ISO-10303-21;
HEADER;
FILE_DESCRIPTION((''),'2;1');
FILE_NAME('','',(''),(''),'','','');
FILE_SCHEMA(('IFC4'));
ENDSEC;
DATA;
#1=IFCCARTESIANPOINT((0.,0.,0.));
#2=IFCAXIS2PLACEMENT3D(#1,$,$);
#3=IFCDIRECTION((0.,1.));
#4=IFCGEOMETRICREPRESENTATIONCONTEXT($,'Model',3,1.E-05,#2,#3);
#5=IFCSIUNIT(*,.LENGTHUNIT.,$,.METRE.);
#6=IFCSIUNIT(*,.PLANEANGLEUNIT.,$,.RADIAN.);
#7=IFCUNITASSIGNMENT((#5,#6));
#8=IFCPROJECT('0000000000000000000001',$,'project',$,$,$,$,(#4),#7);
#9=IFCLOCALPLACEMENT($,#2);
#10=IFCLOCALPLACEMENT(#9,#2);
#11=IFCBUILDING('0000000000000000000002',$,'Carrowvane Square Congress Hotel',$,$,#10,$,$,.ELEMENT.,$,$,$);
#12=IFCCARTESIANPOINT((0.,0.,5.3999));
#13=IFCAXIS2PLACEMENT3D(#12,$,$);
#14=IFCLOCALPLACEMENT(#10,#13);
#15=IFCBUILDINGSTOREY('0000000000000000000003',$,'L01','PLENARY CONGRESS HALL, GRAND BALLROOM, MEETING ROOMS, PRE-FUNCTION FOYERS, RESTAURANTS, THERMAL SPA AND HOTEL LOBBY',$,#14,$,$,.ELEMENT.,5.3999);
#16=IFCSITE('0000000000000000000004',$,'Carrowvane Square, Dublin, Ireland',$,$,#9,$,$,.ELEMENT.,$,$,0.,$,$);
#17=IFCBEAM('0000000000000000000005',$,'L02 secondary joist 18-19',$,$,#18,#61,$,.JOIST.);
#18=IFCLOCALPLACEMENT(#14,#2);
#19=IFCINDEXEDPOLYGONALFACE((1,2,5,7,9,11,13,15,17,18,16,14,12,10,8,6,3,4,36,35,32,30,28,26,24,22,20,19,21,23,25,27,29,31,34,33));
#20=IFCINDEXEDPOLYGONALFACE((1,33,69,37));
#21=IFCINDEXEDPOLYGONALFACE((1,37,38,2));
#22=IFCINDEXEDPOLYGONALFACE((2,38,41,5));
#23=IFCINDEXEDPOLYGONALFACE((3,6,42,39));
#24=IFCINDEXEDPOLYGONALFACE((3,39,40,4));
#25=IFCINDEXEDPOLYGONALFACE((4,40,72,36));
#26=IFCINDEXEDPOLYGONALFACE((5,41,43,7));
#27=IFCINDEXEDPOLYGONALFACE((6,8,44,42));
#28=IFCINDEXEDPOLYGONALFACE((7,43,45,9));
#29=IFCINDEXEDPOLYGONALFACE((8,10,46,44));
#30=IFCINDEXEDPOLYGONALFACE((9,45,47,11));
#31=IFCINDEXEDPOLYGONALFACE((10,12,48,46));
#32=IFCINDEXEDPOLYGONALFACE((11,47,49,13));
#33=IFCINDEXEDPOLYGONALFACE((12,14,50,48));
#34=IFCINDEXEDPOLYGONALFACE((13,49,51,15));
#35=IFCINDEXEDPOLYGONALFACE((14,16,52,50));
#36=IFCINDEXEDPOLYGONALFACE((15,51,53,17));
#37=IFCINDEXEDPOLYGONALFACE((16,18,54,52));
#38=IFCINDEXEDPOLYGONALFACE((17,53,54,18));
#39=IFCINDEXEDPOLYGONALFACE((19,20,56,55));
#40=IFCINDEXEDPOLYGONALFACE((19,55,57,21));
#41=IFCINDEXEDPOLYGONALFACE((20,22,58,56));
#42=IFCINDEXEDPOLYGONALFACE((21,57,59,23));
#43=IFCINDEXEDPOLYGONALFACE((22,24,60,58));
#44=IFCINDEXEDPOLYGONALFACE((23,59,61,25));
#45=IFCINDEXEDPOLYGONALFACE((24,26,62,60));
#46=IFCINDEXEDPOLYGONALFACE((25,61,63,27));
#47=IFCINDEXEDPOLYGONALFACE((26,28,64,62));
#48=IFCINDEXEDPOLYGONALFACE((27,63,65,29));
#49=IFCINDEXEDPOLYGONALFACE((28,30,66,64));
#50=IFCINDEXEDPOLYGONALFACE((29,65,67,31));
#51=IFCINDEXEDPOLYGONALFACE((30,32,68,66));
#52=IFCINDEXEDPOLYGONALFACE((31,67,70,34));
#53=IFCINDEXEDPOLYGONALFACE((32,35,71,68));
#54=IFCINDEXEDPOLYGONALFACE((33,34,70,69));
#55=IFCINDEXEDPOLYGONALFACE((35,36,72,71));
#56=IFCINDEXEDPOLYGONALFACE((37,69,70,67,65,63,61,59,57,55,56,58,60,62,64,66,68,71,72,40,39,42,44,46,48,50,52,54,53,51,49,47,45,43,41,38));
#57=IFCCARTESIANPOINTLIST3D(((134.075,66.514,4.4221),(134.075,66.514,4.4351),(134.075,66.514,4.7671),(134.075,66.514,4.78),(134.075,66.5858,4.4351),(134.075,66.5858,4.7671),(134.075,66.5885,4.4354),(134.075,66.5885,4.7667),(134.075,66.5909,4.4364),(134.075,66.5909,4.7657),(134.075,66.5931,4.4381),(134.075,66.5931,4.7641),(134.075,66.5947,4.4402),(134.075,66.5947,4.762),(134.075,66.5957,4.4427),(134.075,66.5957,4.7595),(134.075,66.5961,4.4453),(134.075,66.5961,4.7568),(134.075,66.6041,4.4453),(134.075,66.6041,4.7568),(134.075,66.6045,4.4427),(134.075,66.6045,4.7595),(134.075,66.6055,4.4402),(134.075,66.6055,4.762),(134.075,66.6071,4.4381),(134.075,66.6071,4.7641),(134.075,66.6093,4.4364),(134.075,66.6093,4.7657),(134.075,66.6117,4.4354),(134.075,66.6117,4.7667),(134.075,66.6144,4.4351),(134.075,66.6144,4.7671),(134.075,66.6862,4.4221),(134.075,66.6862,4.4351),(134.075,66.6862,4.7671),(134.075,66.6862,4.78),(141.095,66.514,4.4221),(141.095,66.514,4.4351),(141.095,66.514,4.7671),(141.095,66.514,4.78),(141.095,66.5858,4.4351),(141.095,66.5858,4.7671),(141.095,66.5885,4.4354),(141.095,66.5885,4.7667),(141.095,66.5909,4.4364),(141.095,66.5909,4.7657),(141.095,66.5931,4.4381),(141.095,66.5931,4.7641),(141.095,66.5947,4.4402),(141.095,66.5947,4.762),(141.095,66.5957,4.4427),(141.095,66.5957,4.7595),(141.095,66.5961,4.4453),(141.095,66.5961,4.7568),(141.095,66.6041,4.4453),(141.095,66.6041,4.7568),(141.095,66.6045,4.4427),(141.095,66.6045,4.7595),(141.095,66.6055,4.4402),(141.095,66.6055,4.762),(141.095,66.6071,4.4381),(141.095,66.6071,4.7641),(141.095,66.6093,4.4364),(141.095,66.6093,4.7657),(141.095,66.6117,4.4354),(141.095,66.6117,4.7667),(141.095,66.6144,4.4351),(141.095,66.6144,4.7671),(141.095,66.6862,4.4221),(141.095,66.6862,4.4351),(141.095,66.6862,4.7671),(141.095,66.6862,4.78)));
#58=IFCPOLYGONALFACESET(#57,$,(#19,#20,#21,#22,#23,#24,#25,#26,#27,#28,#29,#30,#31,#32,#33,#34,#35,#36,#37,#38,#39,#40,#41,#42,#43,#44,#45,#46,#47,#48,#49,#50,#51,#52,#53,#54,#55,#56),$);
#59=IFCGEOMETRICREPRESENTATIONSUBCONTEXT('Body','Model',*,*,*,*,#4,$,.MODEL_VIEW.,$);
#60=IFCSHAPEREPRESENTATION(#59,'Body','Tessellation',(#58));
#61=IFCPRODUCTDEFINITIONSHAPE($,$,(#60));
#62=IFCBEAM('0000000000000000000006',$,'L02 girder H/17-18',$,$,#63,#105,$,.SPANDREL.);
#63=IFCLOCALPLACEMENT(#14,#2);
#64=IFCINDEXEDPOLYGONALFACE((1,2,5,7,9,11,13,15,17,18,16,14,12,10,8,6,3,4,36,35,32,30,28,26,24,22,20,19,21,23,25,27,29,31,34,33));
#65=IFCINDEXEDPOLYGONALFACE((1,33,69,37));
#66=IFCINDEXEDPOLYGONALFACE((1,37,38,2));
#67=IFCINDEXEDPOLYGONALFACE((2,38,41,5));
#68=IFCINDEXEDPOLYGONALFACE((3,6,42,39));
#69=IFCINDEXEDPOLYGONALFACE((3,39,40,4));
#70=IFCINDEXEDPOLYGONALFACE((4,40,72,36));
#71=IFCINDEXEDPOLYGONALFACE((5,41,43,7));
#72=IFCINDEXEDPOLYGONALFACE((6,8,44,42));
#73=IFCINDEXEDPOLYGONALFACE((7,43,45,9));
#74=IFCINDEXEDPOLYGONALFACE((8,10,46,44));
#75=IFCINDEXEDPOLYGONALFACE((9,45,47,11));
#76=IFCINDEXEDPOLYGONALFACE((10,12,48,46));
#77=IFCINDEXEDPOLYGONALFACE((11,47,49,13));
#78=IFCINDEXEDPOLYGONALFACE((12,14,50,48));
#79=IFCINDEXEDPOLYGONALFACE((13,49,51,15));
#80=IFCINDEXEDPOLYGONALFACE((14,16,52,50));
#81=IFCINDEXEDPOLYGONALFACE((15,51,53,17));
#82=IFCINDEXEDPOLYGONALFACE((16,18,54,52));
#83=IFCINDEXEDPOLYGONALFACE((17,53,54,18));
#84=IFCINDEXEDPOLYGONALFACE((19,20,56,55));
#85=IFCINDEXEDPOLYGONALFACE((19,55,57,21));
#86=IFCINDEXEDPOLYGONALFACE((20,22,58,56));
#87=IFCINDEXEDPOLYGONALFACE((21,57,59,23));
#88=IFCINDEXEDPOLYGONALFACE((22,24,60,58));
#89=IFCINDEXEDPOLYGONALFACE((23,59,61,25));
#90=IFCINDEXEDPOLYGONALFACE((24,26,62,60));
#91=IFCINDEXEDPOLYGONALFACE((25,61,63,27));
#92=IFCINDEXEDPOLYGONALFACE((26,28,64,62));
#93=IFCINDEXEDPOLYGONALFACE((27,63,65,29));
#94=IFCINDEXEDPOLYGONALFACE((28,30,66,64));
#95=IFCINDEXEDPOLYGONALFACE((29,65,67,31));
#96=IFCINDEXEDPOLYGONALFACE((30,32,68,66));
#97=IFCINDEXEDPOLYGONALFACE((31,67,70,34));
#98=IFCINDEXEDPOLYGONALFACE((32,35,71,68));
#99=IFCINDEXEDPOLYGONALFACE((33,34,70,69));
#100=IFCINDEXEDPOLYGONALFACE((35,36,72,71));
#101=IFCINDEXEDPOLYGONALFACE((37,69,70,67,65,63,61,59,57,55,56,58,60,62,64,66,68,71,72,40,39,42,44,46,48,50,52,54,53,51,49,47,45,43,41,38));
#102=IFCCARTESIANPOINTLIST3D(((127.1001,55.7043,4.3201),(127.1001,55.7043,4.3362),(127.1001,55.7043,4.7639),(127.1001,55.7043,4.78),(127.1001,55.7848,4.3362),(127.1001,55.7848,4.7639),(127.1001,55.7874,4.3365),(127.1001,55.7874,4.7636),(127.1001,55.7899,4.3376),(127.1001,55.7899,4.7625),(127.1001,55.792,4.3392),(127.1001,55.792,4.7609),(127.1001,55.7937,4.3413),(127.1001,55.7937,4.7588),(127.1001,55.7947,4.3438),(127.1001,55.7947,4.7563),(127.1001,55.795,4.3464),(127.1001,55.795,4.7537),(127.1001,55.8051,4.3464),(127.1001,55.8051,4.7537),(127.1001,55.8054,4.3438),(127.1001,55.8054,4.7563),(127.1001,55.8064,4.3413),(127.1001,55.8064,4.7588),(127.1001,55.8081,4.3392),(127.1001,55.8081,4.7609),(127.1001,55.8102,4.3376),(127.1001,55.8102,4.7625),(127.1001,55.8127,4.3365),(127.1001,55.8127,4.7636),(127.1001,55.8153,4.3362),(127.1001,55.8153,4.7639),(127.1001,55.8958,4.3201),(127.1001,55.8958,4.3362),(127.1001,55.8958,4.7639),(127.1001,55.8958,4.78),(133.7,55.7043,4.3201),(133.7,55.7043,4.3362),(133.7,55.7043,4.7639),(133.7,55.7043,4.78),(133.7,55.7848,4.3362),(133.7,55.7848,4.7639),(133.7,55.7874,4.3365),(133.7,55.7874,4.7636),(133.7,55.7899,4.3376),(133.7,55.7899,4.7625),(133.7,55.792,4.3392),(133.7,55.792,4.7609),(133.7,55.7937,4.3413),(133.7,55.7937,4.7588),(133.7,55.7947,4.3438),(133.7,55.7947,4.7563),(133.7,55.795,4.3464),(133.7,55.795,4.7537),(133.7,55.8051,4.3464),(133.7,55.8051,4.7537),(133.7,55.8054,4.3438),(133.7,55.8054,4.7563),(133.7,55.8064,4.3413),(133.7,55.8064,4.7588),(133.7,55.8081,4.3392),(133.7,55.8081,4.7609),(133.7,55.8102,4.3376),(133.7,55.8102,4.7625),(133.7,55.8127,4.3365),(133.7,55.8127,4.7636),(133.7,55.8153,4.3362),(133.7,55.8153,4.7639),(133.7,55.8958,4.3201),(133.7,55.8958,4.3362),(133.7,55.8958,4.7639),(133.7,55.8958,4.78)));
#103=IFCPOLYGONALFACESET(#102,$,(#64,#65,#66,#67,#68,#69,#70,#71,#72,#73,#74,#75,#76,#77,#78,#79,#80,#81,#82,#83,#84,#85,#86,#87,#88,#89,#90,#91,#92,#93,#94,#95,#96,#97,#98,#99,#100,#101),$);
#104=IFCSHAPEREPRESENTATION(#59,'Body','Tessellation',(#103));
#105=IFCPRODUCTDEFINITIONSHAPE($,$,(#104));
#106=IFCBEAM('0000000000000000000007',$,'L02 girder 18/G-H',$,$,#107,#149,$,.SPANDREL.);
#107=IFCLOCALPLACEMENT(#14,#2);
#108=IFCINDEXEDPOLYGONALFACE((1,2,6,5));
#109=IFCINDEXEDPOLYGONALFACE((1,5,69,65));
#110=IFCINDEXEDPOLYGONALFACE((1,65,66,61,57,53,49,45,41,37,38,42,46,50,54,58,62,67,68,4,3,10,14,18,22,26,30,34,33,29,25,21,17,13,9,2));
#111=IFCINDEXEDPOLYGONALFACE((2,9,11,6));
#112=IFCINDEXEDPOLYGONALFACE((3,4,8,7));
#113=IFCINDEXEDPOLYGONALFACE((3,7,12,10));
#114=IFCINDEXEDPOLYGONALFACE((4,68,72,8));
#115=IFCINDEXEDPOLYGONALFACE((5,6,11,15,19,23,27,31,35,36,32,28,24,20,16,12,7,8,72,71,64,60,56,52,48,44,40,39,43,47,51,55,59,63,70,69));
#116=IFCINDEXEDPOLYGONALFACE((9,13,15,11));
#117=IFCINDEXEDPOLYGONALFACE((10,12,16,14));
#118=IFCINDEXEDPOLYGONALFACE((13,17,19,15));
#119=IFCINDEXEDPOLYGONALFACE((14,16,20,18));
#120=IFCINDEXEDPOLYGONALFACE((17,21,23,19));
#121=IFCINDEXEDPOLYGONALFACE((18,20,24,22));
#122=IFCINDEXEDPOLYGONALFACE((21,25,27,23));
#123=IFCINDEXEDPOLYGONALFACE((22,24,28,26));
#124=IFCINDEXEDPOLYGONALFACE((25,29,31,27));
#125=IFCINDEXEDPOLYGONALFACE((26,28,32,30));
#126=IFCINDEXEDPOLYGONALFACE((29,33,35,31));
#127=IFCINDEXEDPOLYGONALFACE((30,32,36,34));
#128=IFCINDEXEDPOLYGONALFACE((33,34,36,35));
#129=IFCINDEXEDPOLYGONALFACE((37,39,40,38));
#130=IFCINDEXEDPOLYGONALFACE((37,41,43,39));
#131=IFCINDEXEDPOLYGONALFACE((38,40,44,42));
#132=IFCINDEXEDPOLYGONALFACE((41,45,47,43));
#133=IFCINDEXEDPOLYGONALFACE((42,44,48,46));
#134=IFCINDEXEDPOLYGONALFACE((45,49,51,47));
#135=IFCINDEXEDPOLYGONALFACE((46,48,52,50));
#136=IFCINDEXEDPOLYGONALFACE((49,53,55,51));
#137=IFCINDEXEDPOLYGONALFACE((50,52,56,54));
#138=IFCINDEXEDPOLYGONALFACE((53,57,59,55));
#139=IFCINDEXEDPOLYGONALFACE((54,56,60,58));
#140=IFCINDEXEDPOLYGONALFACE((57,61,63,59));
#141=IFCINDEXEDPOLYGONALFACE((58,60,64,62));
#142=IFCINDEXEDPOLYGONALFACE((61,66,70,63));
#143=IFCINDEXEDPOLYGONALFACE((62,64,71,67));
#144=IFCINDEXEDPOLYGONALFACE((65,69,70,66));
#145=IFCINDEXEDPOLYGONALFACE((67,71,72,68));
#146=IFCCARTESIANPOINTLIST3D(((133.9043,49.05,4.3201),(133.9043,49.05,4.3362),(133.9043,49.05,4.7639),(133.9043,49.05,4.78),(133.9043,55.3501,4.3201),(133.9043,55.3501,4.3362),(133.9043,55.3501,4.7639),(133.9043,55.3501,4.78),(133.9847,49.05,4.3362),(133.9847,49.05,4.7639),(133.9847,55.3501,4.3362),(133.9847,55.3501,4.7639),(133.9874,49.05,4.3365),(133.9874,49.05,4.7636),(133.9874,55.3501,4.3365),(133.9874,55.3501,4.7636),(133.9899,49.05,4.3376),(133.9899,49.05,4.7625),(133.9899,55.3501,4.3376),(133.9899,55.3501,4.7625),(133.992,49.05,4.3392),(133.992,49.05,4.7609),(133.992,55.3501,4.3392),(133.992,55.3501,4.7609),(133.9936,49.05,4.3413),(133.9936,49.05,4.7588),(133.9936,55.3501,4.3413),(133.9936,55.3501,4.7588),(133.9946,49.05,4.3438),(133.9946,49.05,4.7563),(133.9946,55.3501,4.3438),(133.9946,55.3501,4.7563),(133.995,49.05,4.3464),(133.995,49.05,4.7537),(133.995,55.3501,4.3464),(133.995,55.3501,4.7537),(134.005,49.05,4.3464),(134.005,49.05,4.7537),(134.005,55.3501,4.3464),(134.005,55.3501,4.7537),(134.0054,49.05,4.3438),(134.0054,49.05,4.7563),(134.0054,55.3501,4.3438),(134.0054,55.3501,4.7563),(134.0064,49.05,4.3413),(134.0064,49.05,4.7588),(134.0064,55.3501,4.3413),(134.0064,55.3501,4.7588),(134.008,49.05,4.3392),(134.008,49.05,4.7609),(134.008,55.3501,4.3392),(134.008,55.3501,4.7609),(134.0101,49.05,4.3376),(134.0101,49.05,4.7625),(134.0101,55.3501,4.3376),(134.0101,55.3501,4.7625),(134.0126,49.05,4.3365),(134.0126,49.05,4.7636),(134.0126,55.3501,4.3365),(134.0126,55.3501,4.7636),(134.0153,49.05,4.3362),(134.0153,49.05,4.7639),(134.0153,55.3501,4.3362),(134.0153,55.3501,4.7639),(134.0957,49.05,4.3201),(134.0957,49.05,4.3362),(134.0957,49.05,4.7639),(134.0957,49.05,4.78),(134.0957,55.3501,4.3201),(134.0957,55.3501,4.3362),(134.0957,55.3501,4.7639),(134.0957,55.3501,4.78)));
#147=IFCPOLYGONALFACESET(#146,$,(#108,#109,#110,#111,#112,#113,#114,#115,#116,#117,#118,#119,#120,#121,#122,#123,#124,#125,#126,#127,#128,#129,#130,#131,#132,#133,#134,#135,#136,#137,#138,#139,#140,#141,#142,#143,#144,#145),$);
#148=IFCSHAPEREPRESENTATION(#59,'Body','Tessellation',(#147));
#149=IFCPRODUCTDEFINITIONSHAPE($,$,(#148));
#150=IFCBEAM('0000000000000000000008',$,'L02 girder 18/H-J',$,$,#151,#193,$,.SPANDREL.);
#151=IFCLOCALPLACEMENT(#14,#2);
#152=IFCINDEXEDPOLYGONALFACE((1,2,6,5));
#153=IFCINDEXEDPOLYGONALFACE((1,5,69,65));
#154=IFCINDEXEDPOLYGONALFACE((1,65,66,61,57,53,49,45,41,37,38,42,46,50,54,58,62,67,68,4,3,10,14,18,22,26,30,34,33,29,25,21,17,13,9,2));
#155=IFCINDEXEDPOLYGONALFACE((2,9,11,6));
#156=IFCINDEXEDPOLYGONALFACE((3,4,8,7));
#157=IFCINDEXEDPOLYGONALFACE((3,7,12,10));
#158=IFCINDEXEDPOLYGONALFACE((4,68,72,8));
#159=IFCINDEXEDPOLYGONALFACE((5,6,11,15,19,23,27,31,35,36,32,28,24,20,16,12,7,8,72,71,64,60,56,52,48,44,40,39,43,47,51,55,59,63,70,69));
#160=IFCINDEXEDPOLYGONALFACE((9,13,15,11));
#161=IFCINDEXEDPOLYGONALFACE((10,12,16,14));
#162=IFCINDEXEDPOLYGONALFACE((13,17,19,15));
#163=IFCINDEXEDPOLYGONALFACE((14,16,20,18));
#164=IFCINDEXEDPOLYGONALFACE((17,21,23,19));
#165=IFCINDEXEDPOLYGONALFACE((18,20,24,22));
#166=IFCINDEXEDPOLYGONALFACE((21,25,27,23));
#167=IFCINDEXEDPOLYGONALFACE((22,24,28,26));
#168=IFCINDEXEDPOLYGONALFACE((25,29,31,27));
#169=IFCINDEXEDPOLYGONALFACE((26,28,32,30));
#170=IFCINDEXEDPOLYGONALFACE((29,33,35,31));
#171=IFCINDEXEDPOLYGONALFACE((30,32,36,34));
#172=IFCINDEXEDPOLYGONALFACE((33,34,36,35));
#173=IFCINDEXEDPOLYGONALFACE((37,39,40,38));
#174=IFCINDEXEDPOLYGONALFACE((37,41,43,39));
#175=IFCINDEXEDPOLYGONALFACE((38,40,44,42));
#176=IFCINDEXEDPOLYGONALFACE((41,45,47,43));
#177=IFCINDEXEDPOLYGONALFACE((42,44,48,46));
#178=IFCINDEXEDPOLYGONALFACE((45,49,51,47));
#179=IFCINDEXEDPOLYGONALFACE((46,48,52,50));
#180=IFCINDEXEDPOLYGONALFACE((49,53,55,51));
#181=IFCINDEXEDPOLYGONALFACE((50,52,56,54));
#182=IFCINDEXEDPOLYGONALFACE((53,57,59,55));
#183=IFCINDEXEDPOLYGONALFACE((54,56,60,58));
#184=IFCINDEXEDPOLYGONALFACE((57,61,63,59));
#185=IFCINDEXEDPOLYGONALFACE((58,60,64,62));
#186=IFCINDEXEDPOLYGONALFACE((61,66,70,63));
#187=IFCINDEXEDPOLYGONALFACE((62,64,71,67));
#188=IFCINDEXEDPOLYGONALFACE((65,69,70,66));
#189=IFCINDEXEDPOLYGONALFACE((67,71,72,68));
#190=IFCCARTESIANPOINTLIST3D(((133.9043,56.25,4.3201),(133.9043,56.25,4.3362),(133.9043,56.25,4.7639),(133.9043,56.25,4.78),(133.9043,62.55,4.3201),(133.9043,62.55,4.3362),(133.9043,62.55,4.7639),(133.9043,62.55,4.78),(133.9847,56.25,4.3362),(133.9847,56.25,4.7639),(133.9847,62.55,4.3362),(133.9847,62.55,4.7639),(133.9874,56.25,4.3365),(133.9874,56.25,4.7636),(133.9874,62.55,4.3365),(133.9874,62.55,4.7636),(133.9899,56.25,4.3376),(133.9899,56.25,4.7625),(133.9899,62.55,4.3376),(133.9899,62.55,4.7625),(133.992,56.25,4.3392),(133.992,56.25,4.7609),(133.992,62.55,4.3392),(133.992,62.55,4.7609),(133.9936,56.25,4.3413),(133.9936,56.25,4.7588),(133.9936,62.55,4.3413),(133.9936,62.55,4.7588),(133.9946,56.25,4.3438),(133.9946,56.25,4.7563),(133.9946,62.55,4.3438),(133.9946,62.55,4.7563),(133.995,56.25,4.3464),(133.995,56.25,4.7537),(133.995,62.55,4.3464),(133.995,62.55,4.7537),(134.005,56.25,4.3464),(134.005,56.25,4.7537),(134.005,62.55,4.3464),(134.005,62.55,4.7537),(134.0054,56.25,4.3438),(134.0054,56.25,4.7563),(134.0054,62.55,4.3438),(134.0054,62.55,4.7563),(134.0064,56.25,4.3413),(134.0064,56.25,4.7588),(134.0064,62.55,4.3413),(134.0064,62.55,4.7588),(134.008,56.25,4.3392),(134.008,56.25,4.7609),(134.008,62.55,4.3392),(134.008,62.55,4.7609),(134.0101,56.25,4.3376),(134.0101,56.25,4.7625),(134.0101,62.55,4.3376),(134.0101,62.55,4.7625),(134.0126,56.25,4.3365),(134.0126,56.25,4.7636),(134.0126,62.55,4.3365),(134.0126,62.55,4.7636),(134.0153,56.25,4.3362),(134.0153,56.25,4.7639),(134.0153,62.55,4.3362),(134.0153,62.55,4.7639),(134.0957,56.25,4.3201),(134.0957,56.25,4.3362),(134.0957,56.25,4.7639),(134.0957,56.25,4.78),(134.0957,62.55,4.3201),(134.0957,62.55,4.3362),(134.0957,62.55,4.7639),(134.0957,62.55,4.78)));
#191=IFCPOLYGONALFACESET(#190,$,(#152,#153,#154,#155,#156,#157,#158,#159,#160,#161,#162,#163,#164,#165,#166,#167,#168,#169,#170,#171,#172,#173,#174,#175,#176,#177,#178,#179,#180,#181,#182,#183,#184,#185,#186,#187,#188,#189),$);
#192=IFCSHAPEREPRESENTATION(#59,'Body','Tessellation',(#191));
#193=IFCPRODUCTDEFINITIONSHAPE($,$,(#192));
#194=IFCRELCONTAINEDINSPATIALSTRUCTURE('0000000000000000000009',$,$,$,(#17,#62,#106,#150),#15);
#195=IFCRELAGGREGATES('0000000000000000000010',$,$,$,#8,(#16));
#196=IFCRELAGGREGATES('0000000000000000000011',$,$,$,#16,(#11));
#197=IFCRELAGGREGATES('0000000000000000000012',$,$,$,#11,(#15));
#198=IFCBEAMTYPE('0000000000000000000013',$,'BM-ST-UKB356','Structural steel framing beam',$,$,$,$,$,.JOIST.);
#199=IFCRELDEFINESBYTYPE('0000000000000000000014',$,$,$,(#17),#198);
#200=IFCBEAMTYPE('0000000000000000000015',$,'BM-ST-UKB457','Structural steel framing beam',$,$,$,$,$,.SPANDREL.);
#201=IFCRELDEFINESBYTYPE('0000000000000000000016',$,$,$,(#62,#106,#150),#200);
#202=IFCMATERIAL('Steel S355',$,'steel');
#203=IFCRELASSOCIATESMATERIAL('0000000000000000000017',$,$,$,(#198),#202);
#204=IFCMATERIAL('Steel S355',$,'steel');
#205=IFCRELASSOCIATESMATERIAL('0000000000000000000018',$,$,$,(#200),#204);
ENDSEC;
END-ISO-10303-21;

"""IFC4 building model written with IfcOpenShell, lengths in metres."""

from ifc_helpers import new_model, si_unit, direction, frame, origin, origin_2d, place, context, subcontext, project, spatial, i_section, extrude, material, material_profile, profile_set, type_object, element, save


model = new_model("IFC4")

# Units and contexts
model_context = context("Model", 3, precision=1e-05, world=origin(), true_north=direction((0.0, 1.0)))
body_context = subcontext(model_context, "Body", "Model", "MODEL_VIEW")
ifc_project = project(units=[si_unit("LENGTHUNIT", "METRE"), si_unit("PLANEANGLEUNIT", "RADIAN")], contexts=[model_context])

# Site, building, storey
site_placement = place(None, origin())
site = spatial("IfcSite", under=ifc_project, at=site_placement, Name="Carrowvane Square, Dublin, Ireland", CompositionType="ELEMENT", RefElevation=0.0)
building_placement = place(site_placement, origin())
building = spatial("IfcBuilding", under=site, at=building_placement, Name="Carrowvane Square Congress Hotel", CompositionType="ELEMENT")
storey_placement = place(building_placement, frame((0.0, 0.0, 5.3999)))
storey = spatial("IfcBuildingStorey", under=building, at=storey_placement, Name="L01", Description="PLENARY CONGRESS HALL, GRAND BALLROOM, MEETING ROOMS, PRE-FUNCTION FOYERS, RESTAURANTS, THERMAL SPA AND HOTEL LOBBY", CompositionType="ELEMENT", Elevation=5.3999)

# Beams
ifc_material_1 = material(Name="Steel S355", Category="steel")
ifc_material_profile_1 = material_profile(ifc_material_1, i_section(OverallWidth=0.1721, OverallDepth=0.3579, WebThickness=0.0081, FlangeThickness=0.0129, FilletRadius=0.0103, at=origin_2d()), Name="UKB 356x171x57")
ifc_profile_set_1 = profile_set([ifc_material_profile_1], Name="Steel S355")
beam_type_1 = type_object("IfcBeamType", Name="BM-ST-UKB356", Description="Structural steel framing beam", PredefinedType="JOIST", material=ifc_profile_set_1)
beam_1_placement = place(storey_placement, frame((134.075, 66.6001, 4.6011), z_axis=(1.0, 0.0, 0.0), x_axis=(0.0, 1.0, 0.0)))
element("IfcBeam", 1, at=beam_1_placement, inside=storey, type_object=beam_type_1, Name="L02 secondary joist 18-19", PredefinedType="JOIST", context=body_context, shape_type="SweptSolid", body=[
    extrude(i_section(OverallWidth=0.1721, OverallDepth=0.3579, WebThickness=0.0081, FlangeThickness=0.0129, FilletRadius=0.0103, at=origin_2d()), origin(), (0.0, 0.0, 1.0), 7.02),
])
ifc_material_2 = material(Name="Steel S355", Category="steel")
ifc_material_profile_2 = material_profile(ifc_material_2, i_section(OverallWidth=0.1914, OverallDepth=0.46, WebThickness=0.01, FlangeThickness=0.0161, FilletRadius=0.0103, at=origin_2d()), Name="UKB 457x191x82")
ifc_profile_set_2 = profile_set([ifc_material_profile_2], Name="Steel S355")
beam_type_2 = type_object("IfcBeamType", Name="BM-ST-UKB457", Description="Structural steel framing beam", PredefinedType="SPANDREL", material=ifc_profile_set_2)
beam_2_placement = place(storey_placement, frame((127.1001, 55.8, 4.55), z_axis=(1.0, 0.0, 0.0), x_axis=(0.0, 1.0, 0.0)))
element("IfcBeam", 2, at=beam_2_placement, inside=storey, type_object=beam_type_2, Name="L02 girder H/17-18", PredefinedType="SPANDREL", context=body_context, shape_type="SweptSolid", body=[
    extrude(i_section(OverallWidth=0.1914, OverallDepth=0.46, WebThickness=0.01, FlangeThickness=0.0161, FilletRadius=0.0103, at=origin_2d()), origin(), (0.0, 0.0, 1.0), 6.5999),
])
for number, where, z_axis, x_axis, name in (
    (3, (134.0, 49.05, 4.55), (0.0, 1.0, 0.0), (-1.0, 0.0, 0.0), "L02 girder 18/G-H"),
    (4, (134.0, 56.25, 4.55), (0.0, 1.0, 0.0), (-1.0, 0.0, 0.0), "L02 girder 18/H-J"),
):
    element("IfcBeam", number, at=place(storey_placement, frame(where, z_axis=z_axis, x_axis=x_axis)), inside=storey, type_object=beam_type_2, Name=name, PredefinedType="SPANDREL", context=body_context, shape_type="SweptSolid", body=[
        extrude(i_section(OverallWidth=0.1914, OverallDepth=0.46, WebThickness=0.01, FlangeThickness=0.0161, FilletRadius=0.0103, at=origin_2d()), origin(), (0.0, 0.0, 1.0), 6.3),
    ])

save(model, "model.ifc")
